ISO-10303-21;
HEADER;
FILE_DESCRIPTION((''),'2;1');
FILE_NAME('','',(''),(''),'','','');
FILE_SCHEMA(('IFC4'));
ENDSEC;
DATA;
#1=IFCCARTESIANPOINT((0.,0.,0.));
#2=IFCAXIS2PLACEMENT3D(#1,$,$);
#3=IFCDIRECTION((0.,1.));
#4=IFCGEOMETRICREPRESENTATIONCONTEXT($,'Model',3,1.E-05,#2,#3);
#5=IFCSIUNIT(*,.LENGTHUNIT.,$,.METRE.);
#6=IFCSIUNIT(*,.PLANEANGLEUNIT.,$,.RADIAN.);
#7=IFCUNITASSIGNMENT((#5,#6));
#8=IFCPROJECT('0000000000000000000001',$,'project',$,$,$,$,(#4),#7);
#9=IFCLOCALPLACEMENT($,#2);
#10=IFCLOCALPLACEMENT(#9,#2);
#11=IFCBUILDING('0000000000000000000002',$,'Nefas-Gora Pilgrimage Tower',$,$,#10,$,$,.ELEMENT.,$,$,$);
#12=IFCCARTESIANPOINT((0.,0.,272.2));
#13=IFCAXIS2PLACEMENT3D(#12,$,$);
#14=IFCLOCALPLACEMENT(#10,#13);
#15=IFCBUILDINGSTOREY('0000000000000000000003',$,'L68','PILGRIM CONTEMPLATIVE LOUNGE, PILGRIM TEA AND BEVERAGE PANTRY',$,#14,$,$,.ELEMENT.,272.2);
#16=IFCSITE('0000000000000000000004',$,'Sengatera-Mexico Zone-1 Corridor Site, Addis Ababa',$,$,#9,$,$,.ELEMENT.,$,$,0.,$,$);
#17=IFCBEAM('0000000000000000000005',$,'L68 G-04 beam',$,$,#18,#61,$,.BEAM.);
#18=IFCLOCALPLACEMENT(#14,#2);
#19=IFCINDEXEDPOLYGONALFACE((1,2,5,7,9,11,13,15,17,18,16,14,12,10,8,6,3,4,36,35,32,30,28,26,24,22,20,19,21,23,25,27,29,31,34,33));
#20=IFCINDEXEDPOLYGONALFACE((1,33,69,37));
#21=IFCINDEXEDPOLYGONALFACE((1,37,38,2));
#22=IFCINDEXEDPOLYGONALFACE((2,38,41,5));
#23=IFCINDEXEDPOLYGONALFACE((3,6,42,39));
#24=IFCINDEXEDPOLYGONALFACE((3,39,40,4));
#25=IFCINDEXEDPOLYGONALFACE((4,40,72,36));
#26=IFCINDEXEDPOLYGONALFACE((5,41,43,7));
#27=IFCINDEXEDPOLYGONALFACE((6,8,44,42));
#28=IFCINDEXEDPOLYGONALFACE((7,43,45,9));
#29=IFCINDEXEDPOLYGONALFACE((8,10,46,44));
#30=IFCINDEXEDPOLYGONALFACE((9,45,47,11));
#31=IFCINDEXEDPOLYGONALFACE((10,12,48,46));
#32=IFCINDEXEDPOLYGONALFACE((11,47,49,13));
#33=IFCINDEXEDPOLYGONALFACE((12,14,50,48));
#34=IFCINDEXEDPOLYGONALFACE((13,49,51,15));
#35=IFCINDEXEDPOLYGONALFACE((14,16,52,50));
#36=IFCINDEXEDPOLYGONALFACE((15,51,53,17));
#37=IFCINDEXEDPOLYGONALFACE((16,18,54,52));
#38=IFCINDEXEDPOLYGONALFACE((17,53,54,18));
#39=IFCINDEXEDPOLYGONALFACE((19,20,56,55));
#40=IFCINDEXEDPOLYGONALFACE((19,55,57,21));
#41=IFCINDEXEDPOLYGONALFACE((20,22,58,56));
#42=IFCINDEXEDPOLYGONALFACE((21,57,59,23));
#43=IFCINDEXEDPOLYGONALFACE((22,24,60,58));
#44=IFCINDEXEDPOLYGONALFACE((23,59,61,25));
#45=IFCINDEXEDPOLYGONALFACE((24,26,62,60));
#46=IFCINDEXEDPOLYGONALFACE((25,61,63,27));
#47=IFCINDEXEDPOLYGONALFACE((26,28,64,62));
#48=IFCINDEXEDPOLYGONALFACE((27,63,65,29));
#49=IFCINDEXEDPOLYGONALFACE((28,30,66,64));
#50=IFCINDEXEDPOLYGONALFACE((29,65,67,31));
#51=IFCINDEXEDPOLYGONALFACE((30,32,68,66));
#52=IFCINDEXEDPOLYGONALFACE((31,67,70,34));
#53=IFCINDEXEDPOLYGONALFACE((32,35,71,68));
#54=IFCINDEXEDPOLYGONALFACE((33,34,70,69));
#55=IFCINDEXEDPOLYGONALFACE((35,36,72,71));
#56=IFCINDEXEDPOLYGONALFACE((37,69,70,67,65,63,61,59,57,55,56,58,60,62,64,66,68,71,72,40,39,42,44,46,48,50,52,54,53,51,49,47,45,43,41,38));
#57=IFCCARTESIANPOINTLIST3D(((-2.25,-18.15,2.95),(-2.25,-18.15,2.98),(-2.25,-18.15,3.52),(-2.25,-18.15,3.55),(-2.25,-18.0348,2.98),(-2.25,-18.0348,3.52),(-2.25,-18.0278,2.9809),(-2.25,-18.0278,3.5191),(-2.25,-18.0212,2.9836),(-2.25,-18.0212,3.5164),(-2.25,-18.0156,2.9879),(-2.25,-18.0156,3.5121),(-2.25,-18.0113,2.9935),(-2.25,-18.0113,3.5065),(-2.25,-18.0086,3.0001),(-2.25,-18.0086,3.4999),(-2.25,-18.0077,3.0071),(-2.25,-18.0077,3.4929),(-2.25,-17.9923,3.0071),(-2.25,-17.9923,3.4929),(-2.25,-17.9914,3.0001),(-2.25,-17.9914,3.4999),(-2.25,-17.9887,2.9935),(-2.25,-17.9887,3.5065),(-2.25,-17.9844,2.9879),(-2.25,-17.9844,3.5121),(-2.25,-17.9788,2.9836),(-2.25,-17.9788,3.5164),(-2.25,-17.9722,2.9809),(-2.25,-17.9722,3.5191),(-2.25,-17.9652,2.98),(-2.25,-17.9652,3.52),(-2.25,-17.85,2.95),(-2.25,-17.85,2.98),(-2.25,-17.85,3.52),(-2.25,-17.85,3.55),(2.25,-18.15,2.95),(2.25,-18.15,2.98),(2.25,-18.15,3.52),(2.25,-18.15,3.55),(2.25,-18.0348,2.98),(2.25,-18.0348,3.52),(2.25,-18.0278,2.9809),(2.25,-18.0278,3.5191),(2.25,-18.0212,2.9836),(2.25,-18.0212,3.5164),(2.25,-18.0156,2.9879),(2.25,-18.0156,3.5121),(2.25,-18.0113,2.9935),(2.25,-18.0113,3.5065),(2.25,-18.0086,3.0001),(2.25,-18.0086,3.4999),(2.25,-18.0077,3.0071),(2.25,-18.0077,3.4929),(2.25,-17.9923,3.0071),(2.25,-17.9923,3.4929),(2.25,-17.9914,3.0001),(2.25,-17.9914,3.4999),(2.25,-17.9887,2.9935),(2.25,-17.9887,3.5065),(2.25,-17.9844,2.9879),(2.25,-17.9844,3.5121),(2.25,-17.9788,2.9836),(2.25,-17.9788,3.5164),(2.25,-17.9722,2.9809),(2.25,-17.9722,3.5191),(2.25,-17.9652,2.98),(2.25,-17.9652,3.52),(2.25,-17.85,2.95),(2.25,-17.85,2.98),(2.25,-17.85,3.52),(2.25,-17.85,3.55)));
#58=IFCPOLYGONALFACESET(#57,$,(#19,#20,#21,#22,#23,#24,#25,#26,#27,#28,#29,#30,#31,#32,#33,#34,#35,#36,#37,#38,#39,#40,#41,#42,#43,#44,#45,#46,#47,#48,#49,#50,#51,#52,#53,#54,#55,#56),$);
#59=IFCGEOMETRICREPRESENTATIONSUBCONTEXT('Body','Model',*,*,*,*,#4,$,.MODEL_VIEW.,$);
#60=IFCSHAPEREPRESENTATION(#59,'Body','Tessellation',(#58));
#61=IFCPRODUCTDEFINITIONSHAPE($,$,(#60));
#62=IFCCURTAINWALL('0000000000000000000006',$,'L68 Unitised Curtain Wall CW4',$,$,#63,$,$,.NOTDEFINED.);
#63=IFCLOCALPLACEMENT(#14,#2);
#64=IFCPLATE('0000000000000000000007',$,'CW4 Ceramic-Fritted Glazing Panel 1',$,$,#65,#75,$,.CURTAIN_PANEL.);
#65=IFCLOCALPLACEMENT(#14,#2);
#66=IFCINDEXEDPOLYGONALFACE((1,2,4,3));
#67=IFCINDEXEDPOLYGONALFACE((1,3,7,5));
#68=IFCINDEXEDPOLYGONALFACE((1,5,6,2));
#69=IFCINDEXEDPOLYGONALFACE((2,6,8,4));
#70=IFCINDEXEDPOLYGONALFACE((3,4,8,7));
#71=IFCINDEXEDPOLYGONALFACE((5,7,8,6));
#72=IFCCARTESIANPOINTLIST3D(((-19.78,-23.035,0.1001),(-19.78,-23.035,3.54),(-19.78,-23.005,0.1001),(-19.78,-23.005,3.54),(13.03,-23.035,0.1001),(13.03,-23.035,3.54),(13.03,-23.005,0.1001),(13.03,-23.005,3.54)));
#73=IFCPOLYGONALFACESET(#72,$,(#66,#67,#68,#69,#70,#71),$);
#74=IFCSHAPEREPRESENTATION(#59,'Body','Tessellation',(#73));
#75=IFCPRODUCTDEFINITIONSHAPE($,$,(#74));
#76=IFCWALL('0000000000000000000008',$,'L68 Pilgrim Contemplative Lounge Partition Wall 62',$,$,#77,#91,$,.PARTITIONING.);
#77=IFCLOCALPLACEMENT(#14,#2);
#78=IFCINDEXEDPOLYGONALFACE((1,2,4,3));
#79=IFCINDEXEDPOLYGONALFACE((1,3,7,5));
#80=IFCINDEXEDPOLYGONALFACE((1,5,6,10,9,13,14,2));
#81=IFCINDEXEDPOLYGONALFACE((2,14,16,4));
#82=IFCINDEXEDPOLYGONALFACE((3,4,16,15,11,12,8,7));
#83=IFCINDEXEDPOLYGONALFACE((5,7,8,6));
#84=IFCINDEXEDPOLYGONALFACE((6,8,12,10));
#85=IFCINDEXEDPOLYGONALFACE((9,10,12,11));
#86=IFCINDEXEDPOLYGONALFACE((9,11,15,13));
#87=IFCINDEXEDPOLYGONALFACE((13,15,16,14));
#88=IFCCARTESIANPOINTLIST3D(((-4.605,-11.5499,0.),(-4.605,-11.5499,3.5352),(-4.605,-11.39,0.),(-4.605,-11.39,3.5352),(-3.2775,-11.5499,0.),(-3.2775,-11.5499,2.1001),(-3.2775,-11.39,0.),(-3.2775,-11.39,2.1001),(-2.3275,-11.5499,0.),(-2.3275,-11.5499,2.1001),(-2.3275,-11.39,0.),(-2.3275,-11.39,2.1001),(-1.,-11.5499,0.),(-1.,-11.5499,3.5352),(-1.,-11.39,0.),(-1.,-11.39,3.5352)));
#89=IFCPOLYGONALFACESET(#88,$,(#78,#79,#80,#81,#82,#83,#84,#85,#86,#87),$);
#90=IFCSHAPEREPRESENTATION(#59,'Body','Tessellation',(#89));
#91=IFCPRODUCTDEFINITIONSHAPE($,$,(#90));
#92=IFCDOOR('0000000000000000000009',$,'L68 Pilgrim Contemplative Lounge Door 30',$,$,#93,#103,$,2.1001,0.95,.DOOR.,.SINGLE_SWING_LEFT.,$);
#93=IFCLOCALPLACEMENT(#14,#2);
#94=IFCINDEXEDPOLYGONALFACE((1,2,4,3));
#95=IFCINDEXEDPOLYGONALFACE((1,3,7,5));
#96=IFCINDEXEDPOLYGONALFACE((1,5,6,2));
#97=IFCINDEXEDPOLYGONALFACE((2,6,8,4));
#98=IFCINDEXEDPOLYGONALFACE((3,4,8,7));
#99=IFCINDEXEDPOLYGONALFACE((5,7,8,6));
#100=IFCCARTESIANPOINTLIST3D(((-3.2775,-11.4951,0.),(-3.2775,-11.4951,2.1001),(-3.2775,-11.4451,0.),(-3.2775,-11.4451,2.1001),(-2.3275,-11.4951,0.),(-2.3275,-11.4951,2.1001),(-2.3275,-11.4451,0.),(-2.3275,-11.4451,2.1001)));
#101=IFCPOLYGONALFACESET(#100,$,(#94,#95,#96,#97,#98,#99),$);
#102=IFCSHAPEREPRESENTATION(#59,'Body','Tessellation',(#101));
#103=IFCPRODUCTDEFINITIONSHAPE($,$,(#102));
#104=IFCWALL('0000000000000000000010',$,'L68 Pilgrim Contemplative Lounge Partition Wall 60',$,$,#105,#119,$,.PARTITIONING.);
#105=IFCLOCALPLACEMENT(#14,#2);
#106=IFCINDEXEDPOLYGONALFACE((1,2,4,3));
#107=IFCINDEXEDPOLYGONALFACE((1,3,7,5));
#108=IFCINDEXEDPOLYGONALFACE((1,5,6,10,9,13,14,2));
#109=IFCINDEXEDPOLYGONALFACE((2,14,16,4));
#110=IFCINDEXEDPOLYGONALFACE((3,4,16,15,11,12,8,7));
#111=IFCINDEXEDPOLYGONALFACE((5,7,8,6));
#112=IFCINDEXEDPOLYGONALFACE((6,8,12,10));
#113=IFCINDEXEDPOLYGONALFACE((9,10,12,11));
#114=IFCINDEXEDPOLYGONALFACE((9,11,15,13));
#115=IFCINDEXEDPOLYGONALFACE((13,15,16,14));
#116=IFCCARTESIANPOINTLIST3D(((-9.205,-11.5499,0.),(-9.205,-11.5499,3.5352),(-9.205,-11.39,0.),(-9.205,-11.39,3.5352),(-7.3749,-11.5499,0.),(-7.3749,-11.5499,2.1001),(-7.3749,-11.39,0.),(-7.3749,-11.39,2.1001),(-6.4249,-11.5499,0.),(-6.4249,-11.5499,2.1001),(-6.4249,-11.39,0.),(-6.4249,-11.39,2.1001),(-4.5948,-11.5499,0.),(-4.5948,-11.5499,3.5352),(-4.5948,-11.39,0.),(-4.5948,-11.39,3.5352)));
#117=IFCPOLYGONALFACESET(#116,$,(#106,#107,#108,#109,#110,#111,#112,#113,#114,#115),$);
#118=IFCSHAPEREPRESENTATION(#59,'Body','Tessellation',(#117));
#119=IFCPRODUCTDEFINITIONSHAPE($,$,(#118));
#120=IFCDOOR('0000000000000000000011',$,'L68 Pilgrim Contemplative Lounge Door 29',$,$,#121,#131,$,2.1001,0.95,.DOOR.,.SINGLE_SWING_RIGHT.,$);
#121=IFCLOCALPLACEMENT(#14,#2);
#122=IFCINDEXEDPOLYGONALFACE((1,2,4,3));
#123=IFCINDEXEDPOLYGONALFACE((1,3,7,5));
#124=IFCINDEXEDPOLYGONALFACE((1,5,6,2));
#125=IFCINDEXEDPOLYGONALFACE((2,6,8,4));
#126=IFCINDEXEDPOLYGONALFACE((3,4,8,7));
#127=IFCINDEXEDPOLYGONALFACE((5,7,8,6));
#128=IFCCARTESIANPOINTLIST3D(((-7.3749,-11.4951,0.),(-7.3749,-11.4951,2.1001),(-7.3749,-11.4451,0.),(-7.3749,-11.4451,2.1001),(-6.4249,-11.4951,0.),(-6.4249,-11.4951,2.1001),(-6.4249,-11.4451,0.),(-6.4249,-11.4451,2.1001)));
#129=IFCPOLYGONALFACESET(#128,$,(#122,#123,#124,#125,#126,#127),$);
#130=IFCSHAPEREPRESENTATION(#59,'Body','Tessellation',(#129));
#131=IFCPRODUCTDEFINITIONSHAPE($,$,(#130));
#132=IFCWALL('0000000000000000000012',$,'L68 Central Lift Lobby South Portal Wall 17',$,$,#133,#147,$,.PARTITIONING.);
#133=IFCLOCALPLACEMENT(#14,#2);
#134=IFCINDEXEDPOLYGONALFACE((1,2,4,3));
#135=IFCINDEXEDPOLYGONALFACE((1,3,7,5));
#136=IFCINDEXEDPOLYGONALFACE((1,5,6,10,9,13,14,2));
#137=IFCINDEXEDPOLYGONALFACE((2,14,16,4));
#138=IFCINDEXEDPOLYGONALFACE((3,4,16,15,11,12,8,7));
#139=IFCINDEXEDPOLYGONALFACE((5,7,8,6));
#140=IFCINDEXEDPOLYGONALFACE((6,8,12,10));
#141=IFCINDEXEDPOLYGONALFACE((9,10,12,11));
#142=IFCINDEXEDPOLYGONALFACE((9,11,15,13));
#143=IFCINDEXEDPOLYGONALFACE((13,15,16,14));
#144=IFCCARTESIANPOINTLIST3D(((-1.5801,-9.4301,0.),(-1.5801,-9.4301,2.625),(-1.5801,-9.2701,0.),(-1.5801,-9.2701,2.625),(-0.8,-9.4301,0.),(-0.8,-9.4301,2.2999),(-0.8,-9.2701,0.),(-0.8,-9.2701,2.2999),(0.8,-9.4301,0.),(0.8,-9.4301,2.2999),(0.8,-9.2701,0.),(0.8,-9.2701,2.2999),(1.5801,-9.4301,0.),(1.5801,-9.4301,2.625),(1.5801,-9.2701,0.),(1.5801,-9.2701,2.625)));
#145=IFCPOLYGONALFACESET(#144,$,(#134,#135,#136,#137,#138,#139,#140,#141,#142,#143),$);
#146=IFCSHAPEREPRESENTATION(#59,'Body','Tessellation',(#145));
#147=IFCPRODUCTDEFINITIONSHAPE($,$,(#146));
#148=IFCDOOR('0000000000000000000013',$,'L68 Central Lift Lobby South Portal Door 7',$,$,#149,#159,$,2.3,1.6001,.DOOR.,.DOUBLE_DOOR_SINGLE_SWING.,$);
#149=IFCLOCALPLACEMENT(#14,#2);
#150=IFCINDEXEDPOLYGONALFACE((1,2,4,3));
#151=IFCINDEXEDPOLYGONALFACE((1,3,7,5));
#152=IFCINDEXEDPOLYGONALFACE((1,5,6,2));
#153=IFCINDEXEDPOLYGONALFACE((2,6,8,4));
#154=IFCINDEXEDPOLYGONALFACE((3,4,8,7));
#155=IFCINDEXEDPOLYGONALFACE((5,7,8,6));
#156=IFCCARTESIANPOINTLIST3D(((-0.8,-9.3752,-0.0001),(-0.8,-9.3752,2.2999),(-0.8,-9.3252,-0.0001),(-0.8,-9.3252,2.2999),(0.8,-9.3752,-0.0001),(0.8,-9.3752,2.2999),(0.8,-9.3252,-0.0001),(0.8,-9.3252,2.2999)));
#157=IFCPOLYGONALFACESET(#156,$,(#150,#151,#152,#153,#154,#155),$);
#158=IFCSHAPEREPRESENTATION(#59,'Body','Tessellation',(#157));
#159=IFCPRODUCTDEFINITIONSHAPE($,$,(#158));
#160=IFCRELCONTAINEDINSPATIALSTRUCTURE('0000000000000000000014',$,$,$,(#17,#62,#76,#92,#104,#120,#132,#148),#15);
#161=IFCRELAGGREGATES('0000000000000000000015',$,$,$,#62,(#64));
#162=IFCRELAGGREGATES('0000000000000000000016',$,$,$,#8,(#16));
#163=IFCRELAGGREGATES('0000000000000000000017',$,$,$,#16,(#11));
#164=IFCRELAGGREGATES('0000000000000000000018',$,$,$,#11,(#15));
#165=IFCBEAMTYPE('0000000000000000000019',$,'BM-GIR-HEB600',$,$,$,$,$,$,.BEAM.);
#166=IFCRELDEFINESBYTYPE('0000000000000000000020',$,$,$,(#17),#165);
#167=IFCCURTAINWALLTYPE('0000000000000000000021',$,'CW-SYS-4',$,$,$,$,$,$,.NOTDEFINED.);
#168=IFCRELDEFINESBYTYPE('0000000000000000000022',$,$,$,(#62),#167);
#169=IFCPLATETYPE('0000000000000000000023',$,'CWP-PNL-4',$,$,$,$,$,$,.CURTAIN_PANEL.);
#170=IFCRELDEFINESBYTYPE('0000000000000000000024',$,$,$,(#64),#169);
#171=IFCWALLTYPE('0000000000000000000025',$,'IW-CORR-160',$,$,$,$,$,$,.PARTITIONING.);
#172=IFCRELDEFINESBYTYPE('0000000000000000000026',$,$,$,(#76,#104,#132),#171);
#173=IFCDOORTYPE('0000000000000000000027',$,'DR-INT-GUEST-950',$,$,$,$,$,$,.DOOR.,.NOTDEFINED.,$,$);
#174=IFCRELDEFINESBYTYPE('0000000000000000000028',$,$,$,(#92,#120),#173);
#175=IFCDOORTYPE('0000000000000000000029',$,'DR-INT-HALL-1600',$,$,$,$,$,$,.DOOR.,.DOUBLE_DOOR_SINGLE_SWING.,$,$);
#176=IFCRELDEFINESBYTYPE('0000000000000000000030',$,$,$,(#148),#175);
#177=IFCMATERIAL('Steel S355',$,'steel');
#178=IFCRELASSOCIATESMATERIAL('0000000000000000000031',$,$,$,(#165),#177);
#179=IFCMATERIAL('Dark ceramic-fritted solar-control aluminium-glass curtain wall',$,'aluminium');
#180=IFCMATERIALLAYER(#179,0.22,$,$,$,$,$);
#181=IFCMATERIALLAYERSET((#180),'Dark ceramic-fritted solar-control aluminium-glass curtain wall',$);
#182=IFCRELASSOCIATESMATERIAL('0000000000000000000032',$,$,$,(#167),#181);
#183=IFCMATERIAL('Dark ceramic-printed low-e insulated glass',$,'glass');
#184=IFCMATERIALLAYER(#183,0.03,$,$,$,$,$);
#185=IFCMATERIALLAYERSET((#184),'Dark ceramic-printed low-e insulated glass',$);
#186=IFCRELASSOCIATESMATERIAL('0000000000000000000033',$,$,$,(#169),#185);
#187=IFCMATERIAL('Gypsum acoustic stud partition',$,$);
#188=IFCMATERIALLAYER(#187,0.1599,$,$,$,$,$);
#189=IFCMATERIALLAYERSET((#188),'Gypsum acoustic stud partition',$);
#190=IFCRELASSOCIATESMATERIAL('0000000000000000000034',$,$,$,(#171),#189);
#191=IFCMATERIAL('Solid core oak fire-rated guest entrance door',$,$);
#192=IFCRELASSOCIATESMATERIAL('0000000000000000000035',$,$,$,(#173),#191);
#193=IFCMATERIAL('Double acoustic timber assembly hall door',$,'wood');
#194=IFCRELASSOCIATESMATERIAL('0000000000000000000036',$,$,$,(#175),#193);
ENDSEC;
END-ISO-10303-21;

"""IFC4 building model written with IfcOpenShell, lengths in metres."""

from ifc_helpers import new_model, si_unit, direction, frame, frame_2d, origin, origin_2d, place, context, subcontext, project, spatial, rectangle, i_section, extrude, source, transform, mapped, material, layer, layer_set, material_profile, profile_set, type_object, element, fill, aggregate, save


model = new_model("IFC4")

# Units and contexts
model_context = context("Model", 3, precision=1e-05, world=origin(), true_north=direction((0.0, 1.0)))
body_context = subcontext(model_context, "Body", "Model", "MODEL_VIEW")
ifc_project = project(units=[si_unit("LENGTHUNIT", "METRE"), si_unit("PLANEANGLEUNIT", "RADIAN")], contexts=[model_context])

# Site, building, storey
site_placement = place(None, origin())
site = spatial("IfcSite", under=ifc_project, at=site_placement, Name="Sengatera-Mexico Zone-1 Corridor Site, Addis Ababa", CompositionType="ELEMENT", RefElevation=0.0)
building_placement = place(site_placement, origin())
building = spatial("IfcBuilding", under=site, at=building_placement, Name="Nefas-Gora Pilgrimage Tower", CompositionType="ELEMENT")
storey_placement = place(building_placement, frame((0.0, 0.0, 272.2)))
storey = spatial("IfcBuildingStorey", under=building, at=storey_placement, Name="L68", Description="PILGRIM CONTEMPLATIVE LOUNGE, PILGRIM TEA AND BEVERAGE PANTRY", CompositionType="ELEMENT", Elevation=272.2)

# Shared definitions
ifc_material_1 = material(Name="Steel S355", Category="steel")

# Beam
ifc_material_profile_1 = material_profile(ifc_material_1, i_section(OverallWidth=0.3, OverallDepth=0.6001, WebThickness=0.0154, FlangeThickness=0.03, FilletRadius=0.0271, at=origin_2d()), Name="HEB 600")
ifc_profile_set_1 = profile_set([ifc_material_profile_1], Name="Steel S355")
beam_type_1 = type_object("IfcBeamType", Name="BM-GIR-HEB600", PredefinedType="BEAM", material=ifc_profile_set_1)
shared_shape_1 = source(origin(), body_context, "Body", "SweptSolid", [
    extrude(i_section(OverallWidth=0.3, OverallDepth=0.6001, WebThickness=0.0154, FlangeThickness=0.03, FilletRadius=0.0271, at=origin_2d()), origin(), (0.0, 0.0, 1.0), 4.5),
])
for number, where, z_axis, x_axis, name in (
    (1, (-2.25, -18.0, 3.25), (1.0, 0.0, 0.0), (0.0, 1.0, 0.0), "L68 G-04 beam"),
):
    element("IfcBeam", number, at=place(storey_placement, frame(where, z_axis=z_axis, x_axis=x_axis)), inside=storey, type_object=beam_type_1, Name=name, PredefinedType="BEAM", context=body_context, shape_type="MappedRepresentation", body=[
        mapped(shared_shape_1, transform((0.0, 0.0, 0.0), x_axis=(1.0, 0.0, 0.0), y_axis=(0.0, 1.0, 0.0), z_axis=(0.0, 0.0, 1.0), scale=1.0)),
    ])

# Curtain wall, plate
ifc_material_2 = material(Name="Dark ceramic-fritted solar-control aluminium-glass curtain wall", Category="aluminium")
ifc_layer_1 = layer(ifc_material_2, 0.22)
ifc_layer_set_1 = layer_set([ifc_layer_1], Name="Dark ceramic-fritted solar-control aluminium-glass curtain wall")
curtain_wall_type = type_object("IfcCurtainWallType", Name="CW-SYS-4", PredefinedType="NOTDEFINED", material=ifc_layer_set_1)
curtain_wall_placement = place(storey_placement, origin())
curtain_wall = element("IfcCurtainWall", 2, at=curtain_wall_placement, inside=storey, type_object=curtain_wall_type, Name="L68 Unitised Curtain Wall CW4", PredefinedType="NOTDEFINED")
ifc_material_3 = material(Name="Dark ceramic-printed low-e insulated glass", Category="glass")
ifc_layer_2 = layer(ifc_material_3, 0.03)
ifc_layer_set_2 = layer_set([ifc_layer_2], Name="Dark ceramic-printed low-e insulated glass")
plate_type = type_object("IfcPlateType", Name="CWP-PNL-4", PredefinedType="CURTAIN_PANEL", material=ifc_layer_set_2)
shared_shape_2 = source(origin(), body_context, "Body", "SweptSolid", [
    extrude(rectangle(XDim=32.8101, YDim=0.03, at=origin_2d()), origin(), (0.0, 0.0, 1.0), 3.4399),
])
plate_placement = place(storey_placement, frame((-3.375, -23.02, 0.1001), z_axis=(0.0, 0.0, 1.0), x_axis=(1.0, 0.0, 0.0)))
plate = element("IfcPlate", 3, at=plate_placement, type_object=plate_type, Name="CW4 Ceramic-Fritted Glazing Panel 1", PredefinedType="CURTAIN_PANEL", context=body_context, shape_type="MappedRepresentation", body=[
    mapped(shared_shape_2, transform((0.0, 0.0, 0.0), x_axis=(1.0, 0.0, 0.0), y_axis=(0.0, 1.0, 0.0), z_axis=(0.0, 0.0, 1.0), scale=1.0)),
])
aggregate(curtain_wall, [plate])

# Walls, openings, doors
ifc_material_4 = material(Name="Gypsum acoustic stud partition")
ifc_layer_3 = layer(ifc_material_4, 0.1599)
ifc_layer_set_3 = layer_set([ifc_layer_3], Name="Gypsum acoustic stud partition")
wall_type_1 = type_object("IfcWallType", Name="IW-CORR-160", PredefinedType="PARTITIONING", material=ifc_layer_set_3)
shared_shape_3 = source(origin(), body_context, "Body", "SweptSolid", [
    extrude(rectangle(XDim=3.605, YDim=0.1599, at=frame_2d((1.8025, 0.0))), origin(), (0.0, 0.0, 1.0), 3.5352),
])
wall_1_placement = place(storey_placement, frame((-4.605, -11.47, 0.0), z_axis=(0.0, 0.0, 1.0), x_axis=(1.0, 0.0, 0.0)))
wall_1 = element("IfcWall", 4, at=wall_1_placement, inside=storey, type_object=wall_type_1, Name="L68 Pilgrim Contemplative Lounge Partition Wall 62", PredefinedType="PARTITIONING", context=body_context, shape_type="MappedRepresentation", body=[
    mapped(shared_shape_3, transform((0.0, 0.0, 0.0), x_axis=(1.0, 0.0, 0.0), y_axis=(0.0, 1.0, 0.0), z_axis=(0.0, 0.0, 1.0), scale=1.0)),
])
opening_1_placement = place(wall_1_placement, frame((1.3274, 0.0, 0.0)))
opening_1 = element("IfcOpeningElement", 5, at=opening_1_placement, cuts=wall_1, PredefinedType="OPENING", context=body_context, shape_type="SweptSolid", body=[
    extrude(rectangle(XDim=0.95, YDim=2.1001, at=frame_2d((0.4751, 1.05))), frame((0.0, 0.0898, 0.0), z_axis=(0.0, -1.0, 0.0), x_axis=(1.0, 0.0, 0.0)), (0.0, 0.0, 1.0), 0.1799),
])
ifc_material_5 = material(Name="Solid core oak fire-rated guest entrance door")
door_type_1 = type_object("IfcDoorType", Name="DR-INT-GUEST-950", OperationType="NOTDEFINED", PredefinedType="DOOR", material=ifc_material_5)
shared_shape_4 = source(origin(), body_context, "Body", "SweptSolid", [
    extrude(rectangle(XDim=0.95, YDim=2.1001, at=frame_2d((0.4751, 1.05))), frame((0.0, 0.0249, 0.0), z_axis=(0.0, -1.0, 0.0), x_axis=(1.0, 0.0, 0.0)), (0.0, 0.0, 1.0), 0.05),
])
door_1_placement = place(opening_1_placement, origin())
door_1 = element("IfcDoor", 6, at=door_1_placement, inside=storey, type_object=door_type_1, Name="L68 Pilgrim Contemplative Lounge Door 30", OperationType="SINGLE_SWING_LEFT", OverallHeight=2.1001, OverallWidth=0.95, PredefinedType="DOOR", context=body_context, shape_type="MappedRepresentation", body=[
    mapped(shared_shape_4, transform((0.0, 0.0, 0.0), x_axis=(1.0, 0.0, 0.0), y_axis=(0.0, 1.0, 0.0), z_axis=(0.0, 0.0, 1.0), scale=1.0)),
])
fill(opening_1, door_1)
shared_shape_5 = source(origin(), body_context, "Body", "SweptSolid", [
    extrude(rectangle(XDim=4.6101, YDim=0.1599, at=frame_2d((2.3052, 0.0))), origin(), (0.0, 0.0, 1.0), 3.5352),
])
wall_2_placement = place(storey_placement, frame((-9.2051, -11.47, 0.0), z_axis=(0.0, 0.0, 1.0), x_axis=(1.0, 0.0, 0.0)))
wall_2 = element("IfcWall", 7, at=wall_2_placement, inside=storey, type_object=wall_type_1, Name="L68 Pilgrim Contemplative Lounge Partition Wall 60", PredefinedType="PARTITIONING", context=body_context, shape_type="MappedRepresentation", body=[
    mapped(shared_shape_5, transform((0.0, 0.0, 0.0), x_axis=(1.0, 0.0, 0.0), y_axis=(0.0, 1.0, 0.0), z_axis=(0.0, 0.0, 1.0), scale=1.0)),
])
opening_2_placement = place(wall_2_placement, frame((1.8301, 0.0, 0.0)))
opening_2 = element("IfcOpeningElement", 8, at=opening_2_placement, cuts=wall_2, PredefinedType="OPENING", context=body_context, shape_type="SweptSolid", body=[
    extrude(rectangle(XDim=0.95, YDim=2.1001, at=frame_2d((0.4751, 1.05))), frame((0.0, 0.0898, 0.0), z_axis=(0.0, -1.0, 0.0), x_axis=(1.0, 0.0, 0.0)), (0.0, 0.0, 1.0), 0.1799),
])
door_2_placement = place(opening_2_placement, origin())
door_2 = element("IfcDoor", 9, at=door_2_placement, inside=storey, type_object=door_type_1, Name="L68 Pilgrim Contemplative Lounge Door 29", OperationType="SINGLE_SWING_RIGHT", OverallHeight=2.1001, OverallWidth=0.95, PredefinedType="DOOR", context=body_context, shape_type="MappedRepresentation", body=[
    mapped(shared_shape_4, transform((0.0, 0.0, 0.0), x_axis=(1.0, 0.0, 0.0), y_axis=(0.0, 1.0, 0.0), z_axis=(0.0, 0.0, 1.0), scale=1.0)),
])
fill(opening_2, door_2)
shared_shape_6 = source(origin(), body_context, "Body", "SweptSolid", [
    extrude(rectangle(XDim=3.1602, YDim=0.1599, at=frame_2d((1.5801, 0.0))), origin(), (0.0, 0.0, 1.0), 2.625),
])
wall_3_placement = place(storey_placement, frame((-1.5801, -9.3501, 0.0), z_axis=(0.0, 0.0, 1.0), x_axis=(1.0, 0.0, 0.0)))
wall_3 = element("IfcWall", 10, at=wall_3_placement, inside=storey, type_object=wall_type_1, Name="L68 Central Lift Lobby South Portal Wall 17", PredefinedType="PARTITIONING", context=body_context, shape_type="MappedRepresentation", body=[
    mapped(shared_shape_6, transform((0.0, 0.0, 0.0), x_axis=(1.0, 0.0, 0.0), y_axis=(0.0, 1.0, 0.0), z_axis=(0.0, 0.0, 1.0), scale=1.0)),
])
opening_3_placement = place(wall_3_placement, frame((0.78, 0.0, 0.0)))
opening_3 = element("IfcOpeningElement", 11, at=opening_3_placement, cuts=wall_3, PredefinedType="OPENING", context=body_context, shape_type="SweptSolid", body=[
    extrude(rectangle(XDim=1.6001, YDim=2.3, at=frame_2d((0.8, 1.1499))), frame((0.0, 0.0898, 0.0), z_axis=(0.0, -1.0, 0.0), x_axis=(1.0, 0.0, 0.0)), (0.0, 0.0, 1.0), 0.1799),
])
ifc_material_6 = material(Name="Double acoustic timber assembly hall door", Category="wood")
door_type_2 = type_object("IfcDoorType", Name="DR-INT-HALL-1600", OperationType="DOUBLE_DOOR_SINGLE_SWING", PredefinedType="DOOR", material=ifc_material_6)
shared_shape_7 = source(origin(), body_context, "Body", "SweptSolid", [
    extrude(rectangle(XDim=1.6001, YDim=2.3, at=frame_2d((0.8, 1.1499))), frame((0.0, 0.0249, 0.0), z_axis=(0.0, -1.0, 0.0), x_axis=(1.0, 0.0, 0.0)), (0.0, 0.0, 1.0), 0.05),
])
door_3_placement = place(opening_3_placement, origin())
door_3 = element("IfcDoor", 12, at=door_3_placement, inside=storey, type_object=door_type_2, Name="L68 Central Lift Lobby South Portal Door 7", OperationType="DOUBLE_DOOR_SINGLE_SWING", OverallHeight=2.3, OverallWidth=1.6001, PredefinedType="DOOR", context=body_context, shape_type="MappedRepresentation", body=[
    mapped(shared_shape_7, transform((0.0, 0.0, 0.0), x_axis=(1.0, 0.0, 0.0), y_axis=(0.0, 1.0, 0.0), z_axis=(0.0, 0.0, 1.0), scale=1.0)),
])
fill(opening_3, door_3)

save(model, "model.ifc")
